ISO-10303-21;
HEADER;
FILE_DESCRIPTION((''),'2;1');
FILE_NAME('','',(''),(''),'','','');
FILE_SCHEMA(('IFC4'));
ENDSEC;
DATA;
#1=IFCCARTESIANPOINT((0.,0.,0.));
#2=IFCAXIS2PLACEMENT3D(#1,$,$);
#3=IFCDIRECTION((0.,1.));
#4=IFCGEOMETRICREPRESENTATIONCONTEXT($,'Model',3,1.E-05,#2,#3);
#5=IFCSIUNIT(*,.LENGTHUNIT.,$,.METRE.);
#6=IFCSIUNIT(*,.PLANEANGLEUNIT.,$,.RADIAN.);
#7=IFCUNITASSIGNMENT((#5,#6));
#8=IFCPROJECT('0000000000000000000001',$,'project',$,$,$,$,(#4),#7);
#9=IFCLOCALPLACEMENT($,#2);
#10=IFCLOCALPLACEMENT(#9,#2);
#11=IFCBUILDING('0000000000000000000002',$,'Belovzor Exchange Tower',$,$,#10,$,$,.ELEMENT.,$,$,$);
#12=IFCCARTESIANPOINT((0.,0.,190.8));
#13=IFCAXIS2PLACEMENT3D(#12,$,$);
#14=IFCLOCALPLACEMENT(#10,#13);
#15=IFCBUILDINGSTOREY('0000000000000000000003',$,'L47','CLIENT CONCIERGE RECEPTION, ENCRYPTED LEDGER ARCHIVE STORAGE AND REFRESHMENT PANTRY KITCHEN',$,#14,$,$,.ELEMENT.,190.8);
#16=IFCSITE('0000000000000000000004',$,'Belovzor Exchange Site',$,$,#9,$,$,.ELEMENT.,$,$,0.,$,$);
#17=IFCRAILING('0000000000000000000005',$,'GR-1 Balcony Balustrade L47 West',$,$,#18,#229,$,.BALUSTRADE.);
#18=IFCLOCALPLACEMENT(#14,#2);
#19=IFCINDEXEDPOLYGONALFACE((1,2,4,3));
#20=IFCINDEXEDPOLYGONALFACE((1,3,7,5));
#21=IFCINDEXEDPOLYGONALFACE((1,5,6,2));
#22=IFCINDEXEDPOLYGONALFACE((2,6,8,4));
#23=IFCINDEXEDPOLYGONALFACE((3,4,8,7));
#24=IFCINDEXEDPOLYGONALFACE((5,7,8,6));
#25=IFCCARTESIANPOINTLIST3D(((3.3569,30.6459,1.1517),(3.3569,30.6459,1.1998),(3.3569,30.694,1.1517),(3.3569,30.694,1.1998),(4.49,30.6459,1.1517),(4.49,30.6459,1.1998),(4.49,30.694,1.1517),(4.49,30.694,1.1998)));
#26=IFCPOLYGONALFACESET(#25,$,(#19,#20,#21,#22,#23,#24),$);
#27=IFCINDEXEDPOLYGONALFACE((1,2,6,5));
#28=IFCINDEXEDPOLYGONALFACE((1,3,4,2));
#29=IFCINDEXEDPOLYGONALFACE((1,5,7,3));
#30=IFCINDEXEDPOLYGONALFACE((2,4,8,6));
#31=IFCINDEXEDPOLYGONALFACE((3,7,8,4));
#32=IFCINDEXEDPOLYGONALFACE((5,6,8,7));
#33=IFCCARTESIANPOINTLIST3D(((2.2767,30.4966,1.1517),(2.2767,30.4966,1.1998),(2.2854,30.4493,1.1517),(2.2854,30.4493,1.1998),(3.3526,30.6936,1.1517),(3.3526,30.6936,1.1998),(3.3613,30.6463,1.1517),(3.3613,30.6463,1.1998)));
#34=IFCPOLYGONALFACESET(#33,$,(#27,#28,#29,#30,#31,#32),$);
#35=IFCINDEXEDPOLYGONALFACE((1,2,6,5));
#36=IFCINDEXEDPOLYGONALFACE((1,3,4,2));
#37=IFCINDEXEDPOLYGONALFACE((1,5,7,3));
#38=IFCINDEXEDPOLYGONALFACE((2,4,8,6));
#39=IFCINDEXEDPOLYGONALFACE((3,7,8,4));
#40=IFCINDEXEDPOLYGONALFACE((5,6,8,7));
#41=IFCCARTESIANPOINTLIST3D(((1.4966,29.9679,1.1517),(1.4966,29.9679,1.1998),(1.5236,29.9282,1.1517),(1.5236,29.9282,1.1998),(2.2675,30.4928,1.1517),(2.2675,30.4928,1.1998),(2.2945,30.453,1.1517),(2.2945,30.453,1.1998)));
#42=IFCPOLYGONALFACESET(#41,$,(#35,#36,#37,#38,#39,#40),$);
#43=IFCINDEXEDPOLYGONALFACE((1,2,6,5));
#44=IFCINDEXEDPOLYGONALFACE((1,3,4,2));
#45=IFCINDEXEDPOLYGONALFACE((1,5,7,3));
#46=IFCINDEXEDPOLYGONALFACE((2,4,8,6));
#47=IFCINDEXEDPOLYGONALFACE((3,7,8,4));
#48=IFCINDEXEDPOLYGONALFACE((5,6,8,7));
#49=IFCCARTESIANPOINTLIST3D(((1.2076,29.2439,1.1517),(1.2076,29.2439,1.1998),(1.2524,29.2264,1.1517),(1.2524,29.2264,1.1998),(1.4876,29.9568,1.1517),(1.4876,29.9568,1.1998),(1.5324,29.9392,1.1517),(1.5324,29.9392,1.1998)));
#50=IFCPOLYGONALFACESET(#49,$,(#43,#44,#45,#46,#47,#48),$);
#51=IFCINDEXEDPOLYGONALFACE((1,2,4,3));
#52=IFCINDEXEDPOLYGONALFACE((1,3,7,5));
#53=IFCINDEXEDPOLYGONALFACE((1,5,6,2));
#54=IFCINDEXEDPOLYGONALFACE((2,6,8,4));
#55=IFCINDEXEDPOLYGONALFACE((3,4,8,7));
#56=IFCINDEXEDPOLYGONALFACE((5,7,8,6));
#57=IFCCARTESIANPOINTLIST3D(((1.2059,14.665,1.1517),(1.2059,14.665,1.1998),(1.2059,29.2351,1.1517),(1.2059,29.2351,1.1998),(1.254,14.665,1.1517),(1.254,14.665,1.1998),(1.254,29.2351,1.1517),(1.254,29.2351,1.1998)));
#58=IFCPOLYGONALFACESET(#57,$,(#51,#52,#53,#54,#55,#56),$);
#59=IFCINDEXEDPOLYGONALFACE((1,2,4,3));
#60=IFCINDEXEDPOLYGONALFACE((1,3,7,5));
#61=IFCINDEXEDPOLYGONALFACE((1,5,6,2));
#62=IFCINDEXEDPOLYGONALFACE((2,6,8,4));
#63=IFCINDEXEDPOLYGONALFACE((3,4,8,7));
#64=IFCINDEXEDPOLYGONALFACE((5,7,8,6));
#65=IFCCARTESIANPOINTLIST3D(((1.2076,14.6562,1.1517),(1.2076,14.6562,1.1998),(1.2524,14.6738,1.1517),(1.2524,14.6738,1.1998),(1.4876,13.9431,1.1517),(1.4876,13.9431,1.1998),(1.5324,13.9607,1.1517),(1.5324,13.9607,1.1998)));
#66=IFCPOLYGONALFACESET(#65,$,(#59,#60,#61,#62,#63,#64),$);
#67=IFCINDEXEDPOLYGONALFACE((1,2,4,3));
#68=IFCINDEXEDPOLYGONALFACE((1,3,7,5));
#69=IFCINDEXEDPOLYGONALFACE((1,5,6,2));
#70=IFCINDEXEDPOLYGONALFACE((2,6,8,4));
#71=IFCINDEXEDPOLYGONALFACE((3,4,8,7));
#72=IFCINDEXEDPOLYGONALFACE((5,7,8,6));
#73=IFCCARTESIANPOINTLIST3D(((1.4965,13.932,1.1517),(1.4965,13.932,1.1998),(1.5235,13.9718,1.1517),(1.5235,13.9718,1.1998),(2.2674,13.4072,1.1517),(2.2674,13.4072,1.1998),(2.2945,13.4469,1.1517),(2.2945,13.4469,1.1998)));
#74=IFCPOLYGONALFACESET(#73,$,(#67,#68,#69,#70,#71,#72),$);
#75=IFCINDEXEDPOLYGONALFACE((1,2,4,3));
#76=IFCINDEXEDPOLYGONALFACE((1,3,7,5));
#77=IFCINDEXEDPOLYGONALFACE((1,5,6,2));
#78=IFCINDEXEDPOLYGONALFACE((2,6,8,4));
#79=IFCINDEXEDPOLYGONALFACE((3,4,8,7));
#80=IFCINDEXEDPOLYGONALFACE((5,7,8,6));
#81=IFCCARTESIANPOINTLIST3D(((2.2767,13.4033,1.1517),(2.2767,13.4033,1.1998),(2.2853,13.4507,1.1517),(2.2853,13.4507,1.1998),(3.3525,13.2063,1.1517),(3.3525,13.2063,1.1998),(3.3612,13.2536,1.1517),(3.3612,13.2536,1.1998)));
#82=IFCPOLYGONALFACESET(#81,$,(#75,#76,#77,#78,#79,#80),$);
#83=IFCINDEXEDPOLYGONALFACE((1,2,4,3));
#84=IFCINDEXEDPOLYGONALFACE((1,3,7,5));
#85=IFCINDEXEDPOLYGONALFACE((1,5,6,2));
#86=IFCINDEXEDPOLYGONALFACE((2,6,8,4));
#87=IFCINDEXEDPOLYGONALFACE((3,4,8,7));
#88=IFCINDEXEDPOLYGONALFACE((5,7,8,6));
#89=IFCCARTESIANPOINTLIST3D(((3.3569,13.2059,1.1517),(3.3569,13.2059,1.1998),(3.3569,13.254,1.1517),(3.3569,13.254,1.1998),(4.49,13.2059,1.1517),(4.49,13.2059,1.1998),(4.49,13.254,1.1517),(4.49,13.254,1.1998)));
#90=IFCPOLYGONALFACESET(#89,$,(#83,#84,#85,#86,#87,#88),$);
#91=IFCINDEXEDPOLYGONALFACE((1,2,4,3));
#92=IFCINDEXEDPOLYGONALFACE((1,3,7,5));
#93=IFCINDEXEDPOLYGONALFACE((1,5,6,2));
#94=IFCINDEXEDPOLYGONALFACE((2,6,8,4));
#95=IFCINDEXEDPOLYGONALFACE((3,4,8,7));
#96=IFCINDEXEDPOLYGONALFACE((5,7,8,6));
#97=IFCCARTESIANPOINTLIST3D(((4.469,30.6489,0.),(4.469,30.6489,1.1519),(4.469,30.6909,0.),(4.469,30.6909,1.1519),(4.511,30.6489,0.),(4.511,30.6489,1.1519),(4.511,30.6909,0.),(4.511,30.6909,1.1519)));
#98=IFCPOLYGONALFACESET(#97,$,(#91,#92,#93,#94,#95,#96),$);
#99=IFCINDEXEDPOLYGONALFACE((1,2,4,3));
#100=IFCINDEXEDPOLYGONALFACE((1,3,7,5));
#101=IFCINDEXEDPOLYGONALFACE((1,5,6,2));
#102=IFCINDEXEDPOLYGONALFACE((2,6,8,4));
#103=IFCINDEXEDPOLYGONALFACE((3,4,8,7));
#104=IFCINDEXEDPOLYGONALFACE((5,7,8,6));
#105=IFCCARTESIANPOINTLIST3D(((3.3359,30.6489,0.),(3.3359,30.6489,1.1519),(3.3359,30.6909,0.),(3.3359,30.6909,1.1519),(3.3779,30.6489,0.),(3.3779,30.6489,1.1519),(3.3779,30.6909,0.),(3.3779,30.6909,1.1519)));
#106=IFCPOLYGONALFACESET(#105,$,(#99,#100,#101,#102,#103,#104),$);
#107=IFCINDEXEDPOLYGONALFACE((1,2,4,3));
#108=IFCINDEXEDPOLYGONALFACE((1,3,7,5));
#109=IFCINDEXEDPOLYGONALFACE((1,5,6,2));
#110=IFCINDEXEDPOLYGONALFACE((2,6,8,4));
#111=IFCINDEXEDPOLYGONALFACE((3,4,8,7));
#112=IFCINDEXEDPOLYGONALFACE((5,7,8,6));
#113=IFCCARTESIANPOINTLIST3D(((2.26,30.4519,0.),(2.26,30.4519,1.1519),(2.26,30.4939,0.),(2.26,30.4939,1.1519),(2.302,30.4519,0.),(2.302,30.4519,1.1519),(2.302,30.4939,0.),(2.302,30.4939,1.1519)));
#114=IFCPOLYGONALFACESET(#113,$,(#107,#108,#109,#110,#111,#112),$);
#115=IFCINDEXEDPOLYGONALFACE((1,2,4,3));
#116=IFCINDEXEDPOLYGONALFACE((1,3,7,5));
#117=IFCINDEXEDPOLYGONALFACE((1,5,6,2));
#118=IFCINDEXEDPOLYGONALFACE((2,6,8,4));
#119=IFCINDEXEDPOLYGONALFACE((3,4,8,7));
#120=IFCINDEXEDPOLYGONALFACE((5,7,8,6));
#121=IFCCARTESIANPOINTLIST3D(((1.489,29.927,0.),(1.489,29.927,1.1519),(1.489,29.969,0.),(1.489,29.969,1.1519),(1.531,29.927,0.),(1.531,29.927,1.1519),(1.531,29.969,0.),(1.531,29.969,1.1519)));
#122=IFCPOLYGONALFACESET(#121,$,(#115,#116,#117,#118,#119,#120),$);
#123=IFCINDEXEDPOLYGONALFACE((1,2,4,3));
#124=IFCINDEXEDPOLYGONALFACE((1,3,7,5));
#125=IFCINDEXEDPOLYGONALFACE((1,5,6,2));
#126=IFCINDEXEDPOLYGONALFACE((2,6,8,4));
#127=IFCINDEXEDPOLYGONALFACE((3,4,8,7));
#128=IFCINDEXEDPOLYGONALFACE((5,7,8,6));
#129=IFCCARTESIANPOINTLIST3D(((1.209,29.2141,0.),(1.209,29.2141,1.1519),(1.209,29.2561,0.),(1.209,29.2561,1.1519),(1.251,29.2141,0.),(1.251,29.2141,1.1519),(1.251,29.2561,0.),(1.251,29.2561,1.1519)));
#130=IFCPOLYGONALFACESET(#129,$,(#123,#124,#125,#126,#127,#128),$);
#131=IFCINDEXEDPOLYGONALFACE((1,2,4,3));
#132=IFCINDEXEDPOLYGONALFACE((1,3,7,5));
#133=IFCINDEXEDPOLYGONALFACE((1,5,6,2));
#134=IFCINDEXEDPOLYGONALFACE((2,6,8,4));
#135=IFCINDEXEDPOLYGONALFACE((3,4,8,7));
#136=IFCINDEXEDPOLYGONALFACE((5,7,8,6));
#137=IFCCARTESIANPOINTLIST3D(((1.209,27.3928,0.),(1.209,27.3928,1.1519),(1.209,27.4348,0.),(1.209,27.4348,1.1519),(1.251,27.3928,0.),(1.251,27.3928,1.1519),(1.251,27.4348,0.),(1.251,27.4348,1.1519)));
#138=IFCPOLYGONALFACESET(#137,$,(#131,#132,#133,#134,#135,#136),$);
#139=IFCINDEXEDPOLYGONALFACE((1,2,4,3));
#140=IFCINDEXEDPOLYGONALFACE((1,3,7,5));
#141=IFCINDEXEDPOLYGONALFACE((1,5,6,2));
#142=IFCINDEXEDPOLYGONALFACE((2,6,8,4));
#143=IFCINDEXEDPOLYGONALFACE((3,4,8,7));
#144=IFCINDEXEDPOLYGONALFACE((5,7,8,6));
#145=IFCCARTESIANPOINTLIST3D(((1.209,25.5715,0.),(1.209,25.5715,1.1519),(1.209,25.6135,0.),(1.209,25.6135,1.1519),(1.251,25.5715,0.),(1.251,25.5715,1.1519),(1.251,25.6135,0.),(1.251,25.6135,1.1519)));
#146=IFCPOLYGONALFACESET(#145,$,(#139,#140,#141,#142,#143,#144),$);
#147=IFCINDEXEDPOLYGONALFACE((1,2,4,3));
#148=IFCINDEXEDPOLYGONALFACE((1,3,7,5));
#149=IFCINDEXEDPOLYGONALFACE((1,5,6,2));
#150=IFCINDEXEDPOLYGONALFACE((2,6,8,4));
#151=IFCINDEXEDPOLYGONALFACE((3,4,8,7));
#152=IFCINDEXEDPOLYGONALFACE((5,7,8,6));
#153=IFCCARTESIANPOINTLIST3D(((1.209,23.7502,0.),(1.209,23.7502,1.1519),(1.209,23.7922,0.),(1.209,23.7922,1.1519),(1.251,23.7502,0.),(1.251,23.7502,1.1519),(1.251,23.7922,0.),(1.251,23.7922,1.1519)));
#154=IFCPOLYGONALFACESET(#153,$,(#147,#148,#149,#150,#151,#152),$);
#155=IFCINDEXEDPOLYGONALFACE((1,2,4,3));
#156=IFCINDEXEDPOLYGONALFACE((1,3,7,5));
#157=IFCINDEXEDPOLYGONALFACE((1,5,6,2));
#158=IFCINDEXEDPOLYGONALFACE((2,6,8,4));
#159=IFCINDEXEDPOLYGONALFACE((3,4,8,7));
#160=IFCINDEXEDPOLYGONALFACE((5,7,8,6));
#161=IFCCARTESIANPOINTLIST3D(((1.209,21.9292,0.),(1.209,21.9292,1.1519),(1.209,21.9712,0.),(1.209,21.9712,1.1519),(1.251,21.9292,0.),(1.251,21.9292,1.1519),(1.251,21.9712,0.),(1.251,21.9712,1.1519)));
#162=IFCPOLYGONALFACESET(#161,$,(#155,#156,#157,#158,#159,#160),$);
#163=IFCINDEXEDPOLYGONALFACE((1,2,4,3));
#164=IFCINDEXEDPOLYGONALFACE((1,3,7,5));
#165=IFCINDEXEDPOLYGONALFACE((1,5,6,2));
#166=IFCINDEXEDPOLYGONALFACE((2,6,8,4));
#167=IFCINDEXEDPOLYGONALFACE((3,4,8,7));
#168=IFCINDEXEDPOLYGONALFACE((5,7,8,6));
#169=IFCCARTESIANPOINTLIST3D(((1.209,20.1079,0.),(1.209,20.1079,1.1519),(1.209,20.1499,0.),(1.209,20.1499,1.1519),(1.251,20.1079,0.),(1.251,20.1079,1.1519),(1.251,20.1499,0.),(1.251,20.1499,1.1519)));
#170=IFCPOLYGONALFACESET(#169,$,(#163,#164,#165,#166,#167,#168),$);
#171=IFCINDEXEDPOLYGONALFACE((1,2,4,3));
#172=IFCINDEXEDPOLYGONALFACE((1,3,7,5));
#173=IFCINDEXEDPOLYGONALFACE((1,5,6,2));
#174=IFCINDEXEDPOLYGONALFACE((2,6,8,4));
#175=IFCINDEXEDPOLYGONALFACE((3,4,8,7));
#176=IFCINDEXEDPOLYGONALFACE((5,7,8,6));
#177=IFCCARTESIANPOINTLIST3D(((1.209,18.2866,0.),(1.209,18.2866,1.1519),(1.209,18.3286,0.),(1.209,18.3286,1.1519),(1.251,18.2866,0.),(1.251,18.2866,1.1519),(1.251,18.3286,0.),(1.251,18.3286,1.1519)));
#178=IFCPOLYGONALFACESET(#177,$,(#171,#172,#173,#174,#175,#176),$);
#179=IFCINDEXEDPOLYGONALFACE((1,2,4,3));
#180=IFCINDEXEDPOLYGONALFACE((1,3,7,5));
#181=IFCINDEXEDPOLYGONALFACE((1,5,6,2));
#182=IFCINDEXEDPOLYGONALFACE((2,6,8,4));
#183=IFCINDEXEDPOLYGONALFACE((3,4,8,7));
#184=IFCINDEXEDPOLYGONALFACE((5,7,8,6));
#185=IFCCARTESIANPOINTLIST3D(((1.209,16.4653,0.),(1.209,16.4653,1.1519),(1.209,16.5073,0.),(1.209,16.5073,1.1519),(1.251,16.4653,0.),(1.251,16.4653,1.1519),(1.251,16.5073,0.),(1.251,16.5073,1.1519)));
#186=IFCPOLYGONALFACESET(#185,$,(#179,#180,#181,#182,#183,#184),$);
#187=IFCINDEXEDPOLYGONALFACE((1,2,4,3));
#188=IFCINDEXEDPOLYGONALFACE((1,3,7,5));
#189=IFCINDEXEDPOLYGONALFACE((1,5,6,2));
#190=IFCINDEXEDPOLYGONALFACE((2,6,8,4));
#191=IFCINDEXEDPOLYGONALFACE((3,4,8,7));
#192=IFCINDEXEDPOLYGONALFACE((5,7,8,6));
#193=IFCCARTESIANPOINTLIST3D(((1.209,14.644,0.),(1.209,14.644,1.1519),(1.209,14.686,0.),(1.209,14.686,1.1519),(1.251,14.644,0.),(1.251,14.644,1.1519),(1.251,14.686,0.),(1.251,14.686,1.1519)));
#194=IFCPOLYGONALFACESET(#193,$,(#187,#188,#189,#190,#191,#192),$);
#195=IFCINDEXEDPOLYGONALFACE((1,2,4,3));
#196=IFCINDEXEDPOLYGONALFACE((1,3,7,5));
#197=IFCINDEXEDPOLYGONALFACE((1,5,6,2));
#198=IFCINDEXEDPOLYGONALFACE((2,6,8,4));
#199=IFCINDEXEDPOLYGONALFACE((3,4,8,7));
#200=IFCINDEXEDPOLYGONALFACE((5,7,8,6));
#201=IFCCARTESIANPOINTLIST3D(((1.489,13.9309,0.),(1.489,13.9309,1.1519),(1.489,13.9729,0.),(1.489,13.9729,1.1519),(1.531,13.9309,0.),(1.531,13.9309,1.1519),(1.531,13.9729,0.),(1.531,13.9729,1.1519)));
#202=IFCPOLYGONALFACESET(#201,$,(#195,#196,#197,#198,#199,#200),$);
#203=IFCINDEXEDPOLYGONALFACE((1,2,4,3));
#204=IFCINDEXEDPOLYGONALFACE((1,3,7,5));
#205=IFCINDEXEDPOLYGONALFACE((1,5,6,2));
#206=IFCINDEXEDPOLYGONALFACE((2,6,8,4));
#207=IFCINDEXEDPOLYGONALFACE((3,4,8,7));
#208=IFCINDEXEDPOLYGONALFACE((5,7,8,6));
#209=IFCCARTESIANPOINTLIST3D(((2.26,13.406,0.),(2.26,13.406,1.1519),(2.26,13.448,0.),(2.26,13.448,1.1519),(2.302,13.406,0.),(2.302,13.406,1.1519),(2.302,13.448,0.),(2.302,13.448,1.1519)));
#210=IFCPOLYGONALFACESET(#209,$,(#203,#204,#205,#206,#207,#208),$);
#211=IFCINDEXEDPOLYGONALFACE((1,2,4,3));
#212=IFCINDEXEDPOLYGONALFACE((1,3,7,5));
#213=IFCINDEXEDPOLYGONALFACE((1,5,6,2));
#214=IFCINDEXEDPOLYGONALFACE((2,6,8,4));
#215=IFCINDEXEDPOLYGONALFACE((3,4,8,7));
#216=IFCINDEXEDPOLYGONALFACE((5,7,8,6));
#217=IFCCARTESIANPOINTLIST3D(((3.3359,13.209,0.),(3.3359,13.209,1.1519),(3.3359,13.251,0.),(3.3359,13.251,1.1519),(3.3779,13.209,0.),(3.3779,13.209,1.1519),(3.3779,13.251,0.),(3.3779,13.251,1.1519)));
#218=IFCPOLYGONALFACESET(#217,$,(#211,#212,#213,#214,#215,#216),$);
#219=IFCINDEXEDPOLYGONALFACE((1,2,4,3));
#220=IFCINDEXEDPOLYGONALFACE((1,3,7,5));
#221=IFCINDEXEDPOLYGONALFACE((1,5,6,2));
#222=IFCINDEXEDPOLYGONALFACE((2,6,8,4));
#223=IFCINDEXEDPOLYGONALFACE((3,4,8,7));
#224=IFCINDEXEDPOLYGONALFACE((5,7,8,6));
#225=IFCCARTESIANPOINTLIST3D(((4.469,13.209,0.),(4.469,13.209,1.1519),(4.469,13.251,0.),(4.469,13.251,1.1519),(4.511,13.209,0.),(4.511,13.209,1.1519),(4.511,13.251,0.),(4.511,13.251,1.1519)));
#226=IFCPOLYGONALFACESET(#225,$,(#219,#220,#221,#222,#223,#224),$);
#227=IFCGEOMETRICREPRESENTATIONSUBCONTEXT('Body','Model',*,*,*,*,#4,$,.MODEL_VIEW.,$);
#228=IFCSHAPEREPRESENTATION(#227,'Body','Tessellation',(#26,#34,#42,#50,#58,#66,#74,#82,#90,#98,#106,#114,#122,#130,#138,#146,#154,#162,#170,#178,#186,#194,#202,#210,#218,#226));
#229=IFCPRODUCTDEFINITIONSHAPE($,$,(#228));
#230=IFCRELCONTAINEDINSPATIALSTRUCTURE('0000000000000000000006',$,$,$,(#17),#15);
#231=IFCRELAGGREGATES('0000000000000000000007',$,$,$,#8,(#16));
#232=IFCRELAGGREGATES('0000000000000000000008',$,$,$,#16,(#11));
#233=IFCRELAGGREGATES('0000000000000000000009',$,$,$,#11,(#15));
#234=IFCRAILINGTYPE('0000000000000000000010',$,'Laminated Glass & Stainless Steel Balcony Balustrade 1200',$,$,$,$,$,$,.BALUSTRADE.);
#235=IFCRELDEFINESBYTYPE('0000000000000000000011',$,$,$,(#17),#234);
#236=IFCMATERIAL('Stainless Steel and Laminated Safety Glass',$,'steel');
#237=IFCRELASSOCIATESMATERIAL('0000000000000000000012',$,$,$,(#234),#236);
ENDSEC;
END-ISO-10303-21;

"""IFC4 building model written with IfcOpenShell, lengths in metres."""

from ifc_helpers import new_model, si_unit, direction, frame, origin, origin_2d, place, context, subcontext, project, spatial, rectangle, extrude, material, type_object, element, save


model = new_model("IFC4")

# Units and contexts
model_context = context("Model", 3, precision=1e-05, world=origin(), true_north=direction((0.0, 1.0)))
body_context = subcontext(model_context, "Body", "Model", "MODEL_VIEW")
ifc_project = project(units=[si_unit("LENGTHUNIT", "METRE"), si_unit("PLANEANGLEUNIT", "RADIAN")], contexts=[model_context])

# Site, building, storey
site_placement = place(None, origin())
site = spatial("IfcSite", under=ifc_project, at=site_placement, Name="Belovzor Exchange Site", CompositionType="ELEMENT", RefElevation=0.0)
building_placement = place(site_placement, origin())
building = spatial("IfcBuilding", under=site, at=building_placement, Name="Belovzor Exchange Tower", CompositionType="ELEMENT")
storey_placement = place(building_placement, frame((0.0, 0.0, 190.8)))
storey = spatial("IfcBuildingStorey", under=building, at=storey_placement, Name="L47", Description="CLIENT CONCIERGE RECEPTION, ENCRYPTED LEDGER ARCHIVE STORAGE AND REFRESHMENT PANTRY KITCHEN", CompositionType="ELEMENT", Elevation=190.8)

# Railing
ifc_material_1 = material(Name="Stainless Steel and Laminated Safety Glass", Category="steel")
railing_type = type_object("IfcRailingType", Name="Laminated Glass & Stainless Steel Balcony Balustrade 1200", PredefinedType="BALUSTRADE", material=ifc_material_1)
railing_placement = place(storey_placement, frame((4.49, 30.6699, 0.0)))
element("IfcRailing", 1, at=railing_placement, inside=storey, type_object=railing_type, Name="GR-1 Balcony Balustrade L47 West", PredefinedType="BALUSTRADE", context=body_context, shape_type="SweptSolid", body=[
    extrude(rectangle(XDim=0.0481, YDim=0.0481, at=origin_2d()), frame((0.0, 0.0, 1.1758), z_axis=(-1.0, 0.0, 0.0), x_axis=(0.0, -1.0, 0.0)), (0.0, 0.0, 1.0), 1.1331),
    extrude(rectangle(XDim=0.0481, YDim=0.0481, at=origin_2d()), frame((-1.1331, 0.0, 1.1758), z_axis=(-0.983644, -0.180123, 0.0), x_axis=(0.180123, -0.983644, 0.0)), (0.0, 0.0, 1.0), 1.0938),
    extrude(rectangle(XDim=0.0481, YDim=0.0481, at=origin_2d()), frame((-2.209, -0.197, 1.1758), z_axis=(-0.826615, -0.562768, 0.0), x_axis=(0.562768, -0.826615, 0.0)), (0.0, 0.0, 1.0), 0.9326),
    extrude(rectangle(XDim=0.0481, YDim=0.0481, at=origin_2d()), frame((-2.98, -0.7219, 1.1758), z_axis=(-0.365613, -0.930767, 0.0), x_axis=(0.930767, -0.365613, 0.0)), (0.0, 0.0, 1.0), 0.7659),
    extrude(rectangle(XDim=0.0481, YDim=0.0481, at=origin_2d()), frame((-3.26, -1.4348, 1.1758), z_axis=(0.0, -1.0, 0.0), x_axis=(1.0, 0.0, 0.0)), (0.0, 0.0, 1.0), 14.5701),
    extrude(rectangle(XDim=0.0481, YDim=0.0481, at=origin_2d()), frame((-3.26, -16.0049, 1.1758), z_axis=(0.365504, -0.93081, 0.0), x_axis=(0.93081, 0.365504, 0.0)), (0.0, 0.0, 1.0), 0.7661),
    extrude(rectangle(XDim=0.0481, YDim=0.0481, at=origin_2d()), frame((-2.98, -16.718, 1.1758), z_axis=(0.826615, -0.562768, 0.0), x_axis=(0.562768, 0.826615, 0.0)), (0.0, 0.0, 1.0), 0.9326),
    extrude(rectangle(XDim=0.0481, YDim=0.0481, at=origin_2d()), frame((-2.209, -17.2429, 1.1758), z_axis=(0.983644, -0.180123, 0.0), x_axis=(0.180123, 0.983644, 0.0)), (0.0, 0.0, 1.0), 1.0938),
    extrude(rectangle(XDim=0.0481, YDim=0.0481, at=origin_2d()), frame((-1.1331, -17.4399, 1.1758), z_axis=(1.0, 0.0, 0.0), x_axis=(0.0, 1.0, 0.0)), (0.0, 0.0, 1.0), 1.1331),
    extrude(rectangle(XDim=0.042, YDim=0.042, at=origin_2d()), origin(), (0.0, 0.0, 1.0), 1.1519),
    extrude(rectangle(XDim=0.042, YDim=0.042, at=origin_2d()), frame((-1.1331, 0.0, 0.0)), (0.0, 0.0, 1.0), 1.1519),
    extrude(rectangle(XDim=0.042, YDim=0.042, at=origin_2d()), frame((-2.209, -0.197, 0.0)), (0.0, 0.0, 1.0), 1.1519),
    extrude(rectangle(XDim=0.042, YDim=0.042, at=origin_2d()), frame((-2.98, -0.7219, 0.0)), (0.0, 0.0, 1.0), 1.1519),
    extrude(rectangle(XDim=0.042, YDim=0.042, at=origin_2d()), frame((-3.26, -1.4348, 0.0)), (0.0, 0.0, 1.0), 1.1519),
    extrude(rectangle(XDim=0.042, YDim=0.042, at=origin_2d()), frame((-3.26, -3.2561, 0.0)), (0.0, 0.0, 1.0), 1.1519),
    extrude(rectangle(XDim=0.042, YDim=0.042, at=origin_2d()), frame((-3.26, -5.0774, 0.0)), (0.0, 0.0, 1.0), 1.1519),
    extrude(rectangle(XDim=0.042, YDim=0.042, at=origin_2d()), frame((-3.26, -6.8987, 0.0)), (0.0, 0.0, 1.0), 1.1519),
    extrude(rectangle(XDim=0.042, YDim=0.042, at=origin_2d()), frame((-3.26, -8.7197, 0.0)), (0.0, 0.0, 1.0), 1.1519),
    extrude(rectangle(XDim=0.042, YDim=0.042, at=origin_2d()), frame((-3.26, -10.541, 0.0)), (0.0, 0.0, 1.0), 1.1519),
    extrude(rectangle(XDim=0.042, YDim=0.042, at=origin_2d()), frame((-3.26, -12.3623, 0.0)), (0.0, 0.0, 1.0), 1.1519),
    extrude(rectangle(XDim=0.042, YDim=0.042, at=origin_2d()), frame((-3.26, -14.1836, 0.0)), (0.0, 0.0, 1.0), 1.1519),
    extrude(rectangle(XDim=0.042, YDim=0.042, at=origin_2d()), frame((-3.26, -16.0049, 0.0)), (0.0, 0.0, 1.0), 1.1519),
    extrude(rectangle(XDim=0.042, YDim=0.042, at=origin_2d()), frame((-2.98, -16.718, 0.0)), (0.0, 0.0, 1.0), 1.1519),
    extrude(rectangle(XDim=0.042, YDim=0.042, at=origin_2d()), frame((-2.209, -17.2429, 0.0)), (0.0, 0.0, 1.0), 1.1519),
    extrude(rectangle(XDim=0.042, YDim=0.042, at=origin_2d()), frame((-1.1331, -17.4399, 0.0)), (0.0, 0.0, 1.0), 1.1519),
    extrude(rectangle(XDim=0.042, YDim=0.042, at=origin_2d()), frame((0.0, -17.4399, 0.0)), (0.0, 0.0, 1.0), 1.1519),
])

save(model, "model.ifc")
